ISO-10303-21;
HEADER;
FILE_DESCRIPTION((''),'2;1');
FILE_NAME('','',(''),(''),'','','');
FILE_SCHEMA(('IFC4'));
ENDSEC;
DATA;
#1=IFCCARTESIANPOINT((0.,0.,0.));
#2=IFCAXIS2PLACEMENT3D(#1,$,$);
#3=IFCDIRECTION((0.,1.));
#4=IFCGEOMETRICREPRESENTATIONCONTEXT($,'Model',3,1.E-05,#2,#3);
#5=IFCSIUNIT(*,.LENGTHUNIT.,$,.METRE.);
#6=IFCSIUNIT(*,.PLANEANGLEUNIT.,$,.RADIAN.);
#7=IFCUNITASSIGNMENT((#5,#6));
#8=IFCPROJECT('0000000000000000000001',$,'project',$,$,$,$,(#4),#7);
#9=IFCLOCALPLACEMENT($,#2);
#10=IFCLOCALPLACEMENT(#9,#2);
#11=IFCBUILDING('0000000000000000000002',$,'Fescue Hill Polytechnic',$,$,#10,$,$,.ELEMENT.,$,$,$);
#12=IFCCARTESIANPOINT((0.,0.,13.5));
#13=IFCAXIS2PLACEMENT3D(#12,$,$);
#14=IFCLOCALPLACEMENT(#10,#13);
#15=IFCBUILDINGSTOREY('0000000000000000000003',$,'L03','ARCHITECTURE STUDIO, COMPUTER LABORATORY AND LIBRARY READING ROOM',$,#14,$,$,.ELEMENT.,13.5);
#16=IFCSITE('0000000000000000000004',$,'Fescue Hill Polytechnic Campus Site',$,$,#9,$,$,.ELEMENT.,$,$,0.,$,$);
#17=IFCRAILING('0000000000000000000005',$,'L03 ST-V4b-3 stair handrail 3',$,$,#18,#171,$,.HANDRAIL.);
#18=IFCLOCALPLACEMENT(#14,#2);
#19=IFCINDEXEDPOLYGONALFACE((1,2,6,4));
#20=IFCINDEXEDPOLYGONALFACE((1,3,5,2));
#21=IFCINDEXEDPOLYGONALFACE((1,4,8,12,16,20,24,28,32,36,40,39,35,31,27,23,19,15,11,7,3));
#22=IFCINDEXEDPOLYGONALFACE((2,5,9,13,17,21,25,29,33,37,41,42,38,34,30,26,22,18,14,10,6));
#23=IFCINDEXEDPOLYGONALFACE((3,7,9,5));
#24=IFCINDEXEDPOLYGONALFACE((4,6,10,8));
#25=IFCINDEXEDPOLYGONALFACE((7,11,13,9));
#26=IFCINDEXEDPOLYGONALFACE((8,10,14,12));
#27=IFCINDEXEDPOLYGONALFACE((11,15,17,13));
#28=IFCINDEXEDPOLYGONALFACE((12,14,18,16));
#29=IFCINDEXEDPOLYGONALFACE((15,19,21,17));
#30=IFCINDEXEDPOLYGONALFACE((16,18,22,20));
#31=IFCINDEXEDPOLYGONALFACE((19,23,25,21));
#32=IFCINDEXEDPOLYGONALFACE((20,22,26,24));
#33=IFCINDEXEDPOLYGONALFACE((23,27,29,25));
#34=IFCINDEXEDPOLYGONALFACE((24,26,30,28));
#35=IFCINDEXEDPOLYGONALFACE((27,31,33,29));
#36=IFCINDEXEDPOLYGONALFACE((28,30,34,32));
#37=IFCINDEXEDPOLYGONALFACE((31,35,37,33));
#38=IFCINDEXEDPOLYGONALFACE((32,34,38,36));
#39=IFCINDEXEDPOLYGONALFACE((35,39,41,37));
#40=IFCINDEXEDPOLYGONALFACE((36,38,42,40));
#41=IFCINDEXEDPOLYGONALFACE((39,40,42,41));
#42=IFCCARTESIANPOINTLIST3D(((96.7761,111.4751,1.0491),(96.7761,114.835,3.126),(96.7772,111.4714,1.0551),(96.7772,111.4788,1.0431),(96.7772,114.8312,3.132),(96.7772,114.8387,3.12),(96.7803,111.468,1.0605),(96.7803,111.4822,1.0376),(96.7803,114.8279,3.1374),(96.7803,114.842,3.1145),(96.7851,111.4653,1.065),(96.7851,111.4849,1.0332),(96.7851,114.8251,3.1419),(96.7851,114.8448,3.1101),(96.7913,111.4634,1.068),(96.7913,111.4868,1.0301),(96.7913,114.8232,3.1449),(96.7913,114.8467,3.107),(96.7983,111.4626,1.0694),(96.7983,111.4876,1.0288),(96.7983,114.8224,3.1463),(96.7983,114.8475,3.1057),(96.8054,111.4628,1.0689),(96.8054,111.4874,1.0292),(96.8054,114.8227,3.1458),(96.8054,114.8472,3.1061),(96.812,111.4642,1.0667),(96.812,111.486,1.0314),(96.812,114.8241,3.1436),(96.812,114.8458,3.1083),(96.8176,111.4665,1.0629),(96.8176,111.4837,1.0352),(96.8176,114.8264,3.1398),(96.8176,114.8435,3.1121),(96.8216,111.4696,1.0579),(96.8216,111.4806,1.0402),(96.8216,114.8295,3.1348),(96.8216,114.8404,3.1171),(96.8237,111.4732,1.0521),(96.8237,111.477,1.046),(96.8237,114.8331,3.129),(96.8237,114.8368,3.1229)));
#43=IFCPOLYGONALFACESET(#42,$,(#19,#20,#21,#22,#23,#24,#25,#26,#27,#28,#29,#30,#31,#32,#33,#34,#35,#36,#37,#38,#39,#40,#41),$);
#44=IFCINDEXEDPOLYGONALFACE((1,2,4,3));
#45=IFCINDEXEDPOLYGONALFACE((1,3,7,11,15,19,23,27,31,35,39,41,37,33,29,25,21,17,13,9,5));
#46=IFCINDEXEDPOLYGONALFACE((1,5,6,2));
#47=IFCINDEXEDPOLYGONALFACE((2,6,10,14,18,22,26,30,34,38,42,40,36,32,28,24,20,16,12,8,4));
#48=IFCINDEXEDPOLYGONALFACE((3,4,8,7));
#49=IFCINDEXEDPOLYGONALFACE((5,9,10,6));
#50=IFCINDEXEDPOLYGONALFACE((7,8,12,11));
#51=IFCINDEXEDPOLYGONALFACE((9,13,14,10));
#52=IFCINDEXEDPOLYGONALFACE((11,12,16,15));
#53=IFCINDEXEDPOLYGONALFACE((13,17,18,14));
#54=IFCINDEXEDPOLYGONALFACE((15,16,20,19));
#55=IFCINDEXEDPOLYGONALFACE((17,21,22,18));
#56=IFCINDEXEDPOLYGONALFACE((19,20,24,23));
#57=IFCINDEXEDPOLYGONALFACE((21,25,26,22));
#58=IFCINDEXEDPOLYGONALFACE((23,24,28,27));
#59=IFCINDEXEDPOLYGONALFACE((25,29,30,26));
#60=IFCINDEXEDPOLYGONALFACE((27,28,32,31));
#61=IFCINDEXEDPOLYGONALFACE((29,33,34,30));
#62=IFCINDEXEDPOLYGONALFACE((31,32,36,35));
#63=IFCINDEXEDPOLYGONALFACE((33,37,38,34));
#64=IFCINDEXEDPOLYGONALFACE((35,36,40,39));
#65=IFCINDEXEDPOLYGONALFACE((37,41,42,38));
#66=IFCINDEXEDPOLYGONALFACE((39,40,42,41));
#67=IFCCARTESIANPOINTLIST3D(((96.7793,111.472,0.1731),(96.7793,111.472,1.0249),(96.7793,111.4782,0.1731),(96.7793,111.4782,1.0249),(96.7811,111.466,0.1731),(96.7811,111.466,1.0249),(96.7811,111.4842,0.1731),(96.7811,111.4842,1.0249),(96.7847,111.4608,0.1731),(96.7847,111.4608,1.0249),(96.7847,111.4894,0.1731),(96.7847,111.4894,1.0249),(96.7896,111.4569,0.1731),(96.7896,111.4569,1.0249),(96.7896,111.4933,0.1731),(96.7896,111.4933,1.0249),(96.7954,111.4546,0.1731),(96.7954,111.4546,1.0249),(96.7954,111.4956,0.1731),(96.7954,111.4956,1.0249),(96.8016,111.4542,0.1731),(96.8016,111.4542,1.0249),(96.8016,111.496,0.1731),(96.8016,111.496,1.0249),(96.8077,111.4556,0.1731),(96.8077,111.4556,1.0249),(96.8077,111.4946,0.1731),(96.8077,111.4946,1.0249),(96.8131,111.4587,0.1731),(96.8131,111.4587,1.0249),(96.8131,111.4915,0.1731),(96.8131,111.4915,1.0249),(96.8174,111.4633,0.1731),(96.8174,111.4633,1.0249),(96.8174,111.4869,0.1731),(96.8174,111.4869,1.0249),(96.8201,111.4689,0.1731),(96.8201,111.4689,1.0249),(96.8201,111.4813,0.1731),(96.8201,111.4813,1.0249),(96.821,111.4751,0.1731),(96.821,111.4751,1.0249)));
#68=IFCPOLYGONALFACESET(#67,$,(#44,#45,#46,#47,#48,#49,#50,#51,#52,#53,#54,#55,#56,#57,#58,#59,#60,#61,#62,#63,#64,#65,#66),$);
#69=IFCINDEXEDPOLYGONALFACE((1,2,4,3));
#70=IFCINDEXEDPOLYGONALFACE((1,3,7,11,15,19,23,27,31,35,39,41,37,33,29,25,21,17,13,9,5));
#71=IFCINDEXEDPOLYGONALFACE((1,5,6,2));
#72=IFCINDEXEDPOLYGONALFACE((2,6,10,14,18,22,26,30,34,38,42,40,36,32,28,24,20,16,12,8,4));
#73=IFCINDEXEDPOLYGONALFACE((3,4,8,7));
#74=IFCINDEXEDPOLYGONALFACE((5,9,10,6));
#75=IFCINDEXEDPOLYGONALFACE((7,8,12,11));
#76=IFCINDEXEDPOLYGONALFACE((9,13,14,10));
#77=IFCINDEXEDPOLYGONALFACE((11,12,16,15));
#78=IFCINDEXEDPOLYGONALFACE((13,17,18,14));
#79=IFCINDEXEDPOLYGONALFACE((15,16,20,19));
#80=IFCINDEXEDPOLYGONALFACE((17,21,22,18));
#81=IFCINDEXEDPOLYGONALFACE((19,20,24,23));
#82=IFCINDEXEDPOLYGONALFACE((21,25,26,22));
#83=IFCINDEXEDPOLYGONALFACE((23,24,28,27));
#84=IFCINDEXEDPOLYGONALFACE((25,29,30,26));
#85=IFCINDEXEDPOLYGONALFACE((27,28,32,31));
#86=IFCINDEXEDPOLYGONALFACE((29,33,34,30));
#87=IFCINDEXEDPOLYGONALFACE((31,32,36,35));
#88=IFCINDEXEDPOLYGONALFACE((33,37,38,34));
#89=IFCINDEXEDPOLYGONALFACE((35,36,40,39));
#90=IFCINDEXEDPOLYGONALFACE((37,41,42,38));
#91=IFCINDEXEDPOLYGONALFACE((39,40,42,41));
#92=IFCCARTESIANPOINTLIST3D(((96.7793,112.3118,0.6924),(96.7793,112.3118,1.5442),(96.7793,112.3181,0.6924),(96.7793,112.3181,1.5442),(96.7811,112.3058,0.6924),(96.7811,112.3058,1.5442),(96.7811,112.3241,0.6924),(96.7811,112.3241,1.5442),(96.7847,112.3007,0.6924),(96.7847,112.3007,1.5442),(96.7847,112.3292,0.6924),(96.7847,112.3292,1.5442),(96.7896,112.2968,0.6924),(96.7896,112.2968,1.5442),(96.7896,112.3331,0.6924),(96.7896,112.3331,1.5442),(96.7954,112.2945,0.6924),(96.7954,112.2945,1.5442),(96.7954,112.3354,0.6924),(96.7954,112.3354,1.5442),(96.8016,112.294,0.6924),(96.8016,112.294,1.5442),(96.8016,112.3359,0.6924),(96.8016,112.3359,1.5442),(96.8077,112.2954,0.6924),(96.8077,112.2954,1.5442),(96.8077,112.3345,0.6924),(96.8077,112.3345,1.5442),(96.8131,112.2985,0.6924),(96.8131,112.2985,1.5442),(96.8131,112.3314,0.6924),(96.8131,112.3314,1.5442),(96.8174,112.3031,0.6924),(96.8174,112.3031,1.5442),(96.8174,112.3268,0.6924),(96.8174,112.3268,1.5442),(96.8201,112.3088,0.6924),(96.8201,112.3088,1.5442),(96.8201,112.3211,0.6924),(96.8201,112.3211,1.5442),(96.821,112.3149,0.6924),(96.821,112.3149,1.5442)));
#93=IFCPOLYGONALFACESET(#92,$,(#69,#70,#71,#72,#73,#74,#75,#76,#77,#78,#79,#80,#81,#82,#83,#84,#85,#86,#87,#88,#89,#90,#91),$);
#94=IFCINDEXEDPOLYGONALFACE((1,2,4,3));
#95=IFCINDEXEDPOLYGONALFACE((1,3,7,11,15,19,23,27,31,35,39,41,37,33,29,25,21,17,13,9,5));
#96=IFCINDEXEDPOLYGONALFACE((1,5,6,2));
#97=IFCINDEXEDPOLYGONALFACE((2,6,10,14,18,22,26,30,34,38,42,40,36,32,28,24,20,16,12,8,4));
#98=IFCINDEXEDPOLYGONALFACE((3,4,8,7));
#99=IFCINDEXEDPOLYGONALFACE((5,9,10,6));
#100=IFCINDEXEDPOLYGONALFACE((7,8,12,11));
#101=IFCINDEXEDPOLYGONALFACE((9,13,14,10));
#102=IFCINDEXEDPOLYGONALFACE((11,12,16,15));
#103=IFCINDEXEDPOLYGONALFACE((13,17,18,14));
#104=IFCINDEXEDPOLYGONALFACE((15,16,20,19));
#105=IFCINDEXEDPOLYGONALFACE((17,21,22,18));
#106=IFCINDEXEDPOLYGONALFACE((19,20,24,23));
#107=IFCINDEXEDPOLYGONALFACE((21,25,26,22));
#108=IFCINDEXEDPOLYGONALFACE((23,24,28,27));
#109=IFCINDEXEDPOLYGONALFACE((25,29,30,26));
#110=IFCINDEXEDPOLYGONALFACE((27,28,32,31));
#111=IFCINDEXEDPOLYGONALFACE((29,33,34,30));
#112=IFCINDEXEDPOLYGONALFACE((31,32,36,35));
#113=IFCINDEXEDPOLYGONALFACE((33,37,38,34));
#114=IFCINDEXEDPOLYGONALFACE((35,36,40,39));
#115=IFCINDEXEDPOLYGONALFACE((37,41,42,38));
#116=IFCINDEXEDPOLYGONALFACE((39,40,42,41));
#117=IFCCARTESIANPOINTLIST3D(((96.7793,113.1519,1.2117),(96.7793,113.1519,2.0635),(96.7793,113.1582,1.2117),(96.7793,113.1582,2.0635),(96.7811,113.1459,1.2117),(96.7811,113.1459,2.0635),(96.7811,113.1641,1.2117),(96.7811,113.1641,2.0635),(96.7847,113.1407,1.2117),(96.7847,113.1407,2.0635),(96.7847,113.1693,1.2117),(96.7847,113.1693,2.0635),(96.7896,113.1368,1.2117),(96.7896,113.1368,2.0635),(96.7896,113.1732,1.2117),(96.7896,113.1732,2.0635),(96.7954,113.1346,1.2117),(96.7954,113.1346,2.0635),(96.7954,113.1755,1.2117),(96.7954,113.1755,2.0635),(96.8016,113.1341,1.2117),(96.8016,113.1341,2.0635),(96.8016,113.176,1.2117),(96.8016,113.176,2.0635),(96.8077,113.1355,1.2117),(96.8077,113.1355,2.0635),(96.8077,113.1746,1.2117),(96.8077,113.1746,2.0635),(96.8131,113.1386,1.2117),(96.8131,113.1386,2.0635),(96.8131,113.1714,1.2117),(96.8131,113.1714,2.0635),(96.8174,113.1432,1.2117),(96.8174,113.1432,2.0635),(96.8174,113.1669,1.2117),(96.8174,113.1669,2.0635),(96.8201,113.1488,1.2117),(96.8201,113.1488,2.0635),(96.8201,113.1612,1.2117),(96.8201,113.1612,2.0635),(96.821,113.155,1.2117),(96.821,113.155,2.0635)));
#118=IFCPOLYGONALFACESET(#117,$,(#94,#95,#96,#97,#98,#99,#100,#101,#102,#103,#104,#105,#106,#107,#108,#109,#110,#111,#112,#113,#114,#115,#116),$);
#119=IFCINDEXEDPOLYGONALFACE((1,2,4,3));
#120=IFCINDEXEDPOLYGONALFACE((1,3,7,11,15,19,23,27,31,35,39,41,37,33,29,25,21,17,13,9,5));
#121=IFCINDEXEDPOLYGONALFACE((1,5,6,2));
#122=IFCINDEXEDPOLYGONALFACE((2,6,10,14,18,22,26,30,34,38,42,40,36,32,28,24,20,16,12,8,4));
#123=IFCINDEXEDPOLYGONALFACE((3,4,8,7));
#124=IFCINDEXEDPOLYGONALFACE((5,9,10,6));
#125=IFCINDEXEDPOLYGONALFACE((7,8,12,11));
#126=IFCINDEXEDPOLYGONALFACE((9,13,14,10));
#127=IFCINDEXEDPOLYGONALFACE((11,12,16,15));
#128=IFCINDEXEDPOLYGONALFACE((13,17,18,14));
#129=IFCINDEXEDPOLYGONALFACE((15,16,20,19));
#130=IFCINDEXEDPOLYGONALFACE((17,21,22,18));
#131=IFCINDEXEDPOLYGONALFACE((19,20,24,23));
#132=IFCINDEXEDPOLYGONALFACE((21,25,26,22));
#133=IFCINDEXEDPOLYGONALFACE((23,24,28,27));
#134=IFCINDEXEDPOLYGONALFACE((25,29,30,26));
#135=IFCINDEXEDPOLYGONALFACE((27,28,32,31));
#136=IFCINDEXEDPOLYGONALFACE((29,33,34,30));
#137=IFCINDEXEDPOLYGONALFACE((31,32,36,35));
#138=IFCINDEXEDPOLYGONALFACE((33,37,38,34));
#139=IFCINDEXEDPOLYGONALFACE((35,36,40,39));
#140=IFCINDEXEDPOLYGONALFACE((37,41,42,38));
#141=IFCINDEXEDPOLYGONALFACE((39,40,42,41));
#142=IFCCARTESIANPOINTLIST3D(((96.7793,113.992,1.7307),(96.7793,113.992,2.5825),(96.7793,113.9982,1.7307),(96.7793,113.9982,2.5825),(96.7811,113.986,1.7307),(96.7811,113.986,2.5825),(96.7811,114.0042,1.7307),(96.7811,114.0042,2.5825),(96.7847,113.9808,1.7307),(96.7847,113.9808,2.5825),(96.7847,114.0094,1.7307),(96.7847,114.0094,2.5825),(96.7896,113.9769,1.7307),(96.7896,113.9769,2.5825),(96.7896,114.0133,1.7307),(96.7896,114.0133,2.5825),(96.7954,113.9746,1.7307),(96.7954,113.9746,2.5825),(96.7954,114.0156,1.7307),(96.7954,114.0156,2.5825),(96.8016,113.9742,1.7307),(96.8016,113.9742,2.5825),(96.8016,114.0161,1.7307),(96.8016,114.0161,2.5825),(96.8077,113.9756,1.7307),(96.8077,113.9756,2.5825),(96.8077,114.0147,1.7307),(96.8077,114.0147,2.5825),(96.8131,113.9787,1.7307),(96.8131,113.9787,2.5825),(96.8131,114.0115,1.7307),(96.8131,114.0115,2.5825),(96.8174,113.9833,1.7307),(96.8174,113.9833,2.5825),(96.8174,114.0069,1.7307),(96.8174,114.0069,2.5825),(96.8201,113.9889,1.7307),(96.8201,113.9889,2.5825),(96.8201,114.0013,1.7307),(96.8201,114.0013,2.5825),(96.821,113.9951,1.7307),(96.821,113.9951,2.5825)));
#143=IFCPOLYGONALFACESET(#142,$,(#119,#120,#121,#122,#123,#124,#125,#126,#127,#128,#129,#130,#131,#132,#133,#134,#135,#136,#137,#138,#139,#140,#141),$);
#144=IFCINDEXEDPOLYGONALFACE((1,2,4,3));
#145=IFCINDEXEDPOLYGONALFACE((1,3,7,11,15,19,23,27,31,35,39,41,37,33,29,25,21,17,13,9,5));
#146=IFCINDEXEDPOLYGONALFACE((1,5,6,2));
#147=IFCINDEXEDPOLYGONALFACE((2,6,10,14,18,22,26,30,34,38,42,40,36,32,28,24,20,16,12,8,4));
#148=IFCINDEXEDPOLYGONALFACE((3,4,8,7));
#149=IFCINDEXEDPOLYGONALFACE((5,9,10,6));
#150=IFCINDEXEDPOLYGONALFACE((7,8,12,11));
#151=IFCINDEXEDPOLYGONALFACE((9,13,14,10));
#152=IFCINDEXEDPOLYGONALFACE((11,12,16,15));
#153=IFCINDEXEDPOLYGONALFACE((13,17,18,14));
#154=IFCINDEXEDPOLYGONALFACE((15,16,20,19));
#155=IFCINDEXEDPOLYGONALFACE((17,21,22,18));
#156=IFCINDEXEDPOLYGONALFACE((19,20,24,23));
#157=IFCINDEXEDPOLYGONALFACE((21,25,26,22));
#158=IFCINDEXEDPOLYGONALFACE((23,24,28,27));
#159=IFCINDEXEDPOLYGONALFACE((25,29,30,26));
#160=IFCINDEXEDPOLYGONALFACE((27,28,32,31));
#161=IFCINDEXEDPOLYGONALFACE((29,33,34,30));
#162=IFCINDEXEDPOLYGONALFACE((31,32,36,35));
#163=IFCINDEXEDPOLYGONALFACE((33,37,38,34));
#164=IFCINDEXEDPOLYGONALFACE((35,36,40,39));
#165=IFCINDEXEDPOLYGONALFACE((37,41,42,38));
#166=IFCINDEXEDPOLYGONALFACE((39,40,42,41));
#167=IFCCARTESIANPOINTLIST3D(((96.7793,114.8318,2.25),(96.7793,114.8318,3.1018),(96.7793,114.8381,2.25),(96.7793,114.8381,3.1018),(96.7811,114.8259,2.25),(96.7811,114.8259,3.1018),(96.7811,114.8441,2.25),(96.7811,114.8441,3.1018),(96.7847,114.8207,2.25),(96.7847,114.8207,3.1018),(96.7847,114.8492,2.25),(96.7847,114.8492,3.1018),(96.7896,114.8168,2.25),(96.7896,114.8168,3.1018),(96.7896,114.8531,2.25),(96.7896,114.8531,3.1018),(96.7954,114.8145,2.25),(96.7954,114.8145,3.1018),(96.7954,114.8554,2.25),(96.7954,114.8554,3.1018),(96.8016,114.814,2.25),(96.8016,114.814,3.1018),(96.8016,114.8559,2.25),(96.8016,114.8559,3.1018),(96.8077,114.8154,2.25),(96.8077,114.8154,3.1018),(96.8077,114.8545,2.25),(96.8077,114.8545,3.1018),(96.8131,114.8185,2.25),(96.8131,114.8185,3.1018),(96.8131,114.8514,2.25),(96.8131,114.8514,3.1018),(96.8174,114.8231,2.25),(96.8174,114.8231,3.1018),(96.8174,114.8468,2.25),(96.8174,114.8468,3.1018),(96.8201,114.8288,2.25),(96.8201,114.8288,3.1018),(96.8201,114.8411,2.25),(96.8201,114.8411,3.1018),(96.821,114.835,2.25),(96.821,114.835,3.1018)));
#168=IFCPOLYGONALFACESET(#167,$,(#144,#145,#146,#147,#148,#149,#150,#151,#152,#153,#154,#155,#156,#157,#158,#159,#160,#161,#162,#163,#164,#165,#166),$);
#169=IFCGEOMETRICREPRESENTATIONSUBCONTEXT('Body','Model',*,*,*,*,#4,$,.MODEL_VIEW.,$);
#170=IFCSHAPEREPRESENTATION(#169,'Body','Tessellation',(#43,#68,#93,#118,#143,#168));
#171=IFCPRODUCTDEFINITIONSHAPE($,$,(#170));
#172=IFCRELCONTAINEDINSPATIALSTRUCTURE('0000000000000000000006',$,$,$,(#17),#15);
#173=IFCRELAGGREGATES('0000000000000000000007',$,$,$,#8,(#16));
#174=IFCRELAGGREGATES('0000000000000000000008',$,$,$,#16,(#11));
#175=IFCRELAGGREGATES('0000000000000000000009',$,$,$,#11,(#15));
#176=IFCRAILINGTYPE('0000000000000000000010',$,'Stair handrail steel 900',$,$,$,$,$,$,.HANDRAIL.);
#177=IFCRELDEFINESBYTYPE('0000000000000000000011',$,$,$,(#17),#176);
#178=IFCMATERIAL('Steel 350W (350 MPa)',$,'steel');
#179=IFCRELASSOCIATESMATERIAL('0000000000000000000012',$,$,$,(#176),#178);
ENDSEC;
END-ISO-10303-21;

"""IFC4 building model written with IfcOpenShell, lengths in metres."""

from ifc_helpers import new_model, si_unit, direction, frame, origin, origin_2d, place, context, subcontext, project, spatial, circle, extrude, material, type_object, element, save


model = new_model("IFC4")

# Units and contexts
model_context = context("Model", 3, precision=1e-05, world=origin(), true_north=direction((0.0, 1.0)))
body_context = subcontext(model_context, "Body", "Model", "MODEL_VIEW")
ifc_project = project(units=[si_unit("LENGTHUNIT", "METRE"), si_unit("PLANEANGLEUNIT", "RADIAN")], contexts=[model_context])

# Site, building, storey
site_placement = place(None, origin())
site = spatial("IfcSite", under=ifc_project, at=site_placement, Name="Fescue Hill Polytechnic Campus Site", CompositionType="ELEMENT", RefElevation=0.0)
building_placement = place(site_placement, origin())
building = spatial("IfcBuilding", under=site, at=building_placement, Name="Fescue Hill Polytechnic", CompositionType="ELEMENT")
storey_placement = place(building_placement, frame((0.0, 0.0, 13.5)))
storey = spatial("IfcBuildingStorey", under=building, at=storey_placement, Name="L03", Description="ARCHITECTURE STUDIO, COMPUTER LABORATORY AND LIBRARY READING ROOM", CompositionType="ELEMENT", Elevation=13.5)

# Railing
ifc_material_1 = material(Name="Steel 350W (350 MPa)", Category="steel")
railing_type_1 = type_object("IfcRailingType", Name="Stair handrail steel 900", PredefinedType="HANDRAIL", material=ifc_material_1)
railing_1_placement = place(storey_placement, frame((96.8, 111.4751, 0.1731)))
element("IfcRailing", 1, at=railing_1_placement, inside=storey, type_object=railing_type_1, Name="L03 ST-V4b-3 stair handrail 3", PredefinedType="HANDRAIL", context=body_context, shape_type="SweptSolid", body=[
    extrude(circle(Radius=0.0239, at=origin_2d()), frame((0.0, 0.0, 0.876), z_axis=(0.0, 0.850606, 0.525803), x_axis=(-1.0, 0.0, 0.0)), (0.0, 0.0, 1.0), 3.95),
    extrude(circle(Radius=0.021, at=origin_2d()), origin(), (0.0, 0.0, 1.0), 0.8518),
    extrude(circle(Radius=0.021, at=origin_2d()), frame((0.0, 0.8398, 0.5193)), (0.0, 0.0, 1.0), 0.8518),
    extrude(circle(Radius=0.021, at=origin_2d()), frame((0.0, 1.6799, 1.0386)), (0.0, 0.0, 1.0), 0.8518),
    extrude(circle(Radius=0.021, at=origin_2d()), frame((0.0, 2.52, 1.5576)), (0.0, 0.0, 1.0), 0.8518),
    extrude(circle(Radius=0.021, at=origin_2d()), frame((0.0, 3.3599, 2.0769)), (0.0, 0.0, 1.0), 0.8518),
])

save(model, "model.ifc")
